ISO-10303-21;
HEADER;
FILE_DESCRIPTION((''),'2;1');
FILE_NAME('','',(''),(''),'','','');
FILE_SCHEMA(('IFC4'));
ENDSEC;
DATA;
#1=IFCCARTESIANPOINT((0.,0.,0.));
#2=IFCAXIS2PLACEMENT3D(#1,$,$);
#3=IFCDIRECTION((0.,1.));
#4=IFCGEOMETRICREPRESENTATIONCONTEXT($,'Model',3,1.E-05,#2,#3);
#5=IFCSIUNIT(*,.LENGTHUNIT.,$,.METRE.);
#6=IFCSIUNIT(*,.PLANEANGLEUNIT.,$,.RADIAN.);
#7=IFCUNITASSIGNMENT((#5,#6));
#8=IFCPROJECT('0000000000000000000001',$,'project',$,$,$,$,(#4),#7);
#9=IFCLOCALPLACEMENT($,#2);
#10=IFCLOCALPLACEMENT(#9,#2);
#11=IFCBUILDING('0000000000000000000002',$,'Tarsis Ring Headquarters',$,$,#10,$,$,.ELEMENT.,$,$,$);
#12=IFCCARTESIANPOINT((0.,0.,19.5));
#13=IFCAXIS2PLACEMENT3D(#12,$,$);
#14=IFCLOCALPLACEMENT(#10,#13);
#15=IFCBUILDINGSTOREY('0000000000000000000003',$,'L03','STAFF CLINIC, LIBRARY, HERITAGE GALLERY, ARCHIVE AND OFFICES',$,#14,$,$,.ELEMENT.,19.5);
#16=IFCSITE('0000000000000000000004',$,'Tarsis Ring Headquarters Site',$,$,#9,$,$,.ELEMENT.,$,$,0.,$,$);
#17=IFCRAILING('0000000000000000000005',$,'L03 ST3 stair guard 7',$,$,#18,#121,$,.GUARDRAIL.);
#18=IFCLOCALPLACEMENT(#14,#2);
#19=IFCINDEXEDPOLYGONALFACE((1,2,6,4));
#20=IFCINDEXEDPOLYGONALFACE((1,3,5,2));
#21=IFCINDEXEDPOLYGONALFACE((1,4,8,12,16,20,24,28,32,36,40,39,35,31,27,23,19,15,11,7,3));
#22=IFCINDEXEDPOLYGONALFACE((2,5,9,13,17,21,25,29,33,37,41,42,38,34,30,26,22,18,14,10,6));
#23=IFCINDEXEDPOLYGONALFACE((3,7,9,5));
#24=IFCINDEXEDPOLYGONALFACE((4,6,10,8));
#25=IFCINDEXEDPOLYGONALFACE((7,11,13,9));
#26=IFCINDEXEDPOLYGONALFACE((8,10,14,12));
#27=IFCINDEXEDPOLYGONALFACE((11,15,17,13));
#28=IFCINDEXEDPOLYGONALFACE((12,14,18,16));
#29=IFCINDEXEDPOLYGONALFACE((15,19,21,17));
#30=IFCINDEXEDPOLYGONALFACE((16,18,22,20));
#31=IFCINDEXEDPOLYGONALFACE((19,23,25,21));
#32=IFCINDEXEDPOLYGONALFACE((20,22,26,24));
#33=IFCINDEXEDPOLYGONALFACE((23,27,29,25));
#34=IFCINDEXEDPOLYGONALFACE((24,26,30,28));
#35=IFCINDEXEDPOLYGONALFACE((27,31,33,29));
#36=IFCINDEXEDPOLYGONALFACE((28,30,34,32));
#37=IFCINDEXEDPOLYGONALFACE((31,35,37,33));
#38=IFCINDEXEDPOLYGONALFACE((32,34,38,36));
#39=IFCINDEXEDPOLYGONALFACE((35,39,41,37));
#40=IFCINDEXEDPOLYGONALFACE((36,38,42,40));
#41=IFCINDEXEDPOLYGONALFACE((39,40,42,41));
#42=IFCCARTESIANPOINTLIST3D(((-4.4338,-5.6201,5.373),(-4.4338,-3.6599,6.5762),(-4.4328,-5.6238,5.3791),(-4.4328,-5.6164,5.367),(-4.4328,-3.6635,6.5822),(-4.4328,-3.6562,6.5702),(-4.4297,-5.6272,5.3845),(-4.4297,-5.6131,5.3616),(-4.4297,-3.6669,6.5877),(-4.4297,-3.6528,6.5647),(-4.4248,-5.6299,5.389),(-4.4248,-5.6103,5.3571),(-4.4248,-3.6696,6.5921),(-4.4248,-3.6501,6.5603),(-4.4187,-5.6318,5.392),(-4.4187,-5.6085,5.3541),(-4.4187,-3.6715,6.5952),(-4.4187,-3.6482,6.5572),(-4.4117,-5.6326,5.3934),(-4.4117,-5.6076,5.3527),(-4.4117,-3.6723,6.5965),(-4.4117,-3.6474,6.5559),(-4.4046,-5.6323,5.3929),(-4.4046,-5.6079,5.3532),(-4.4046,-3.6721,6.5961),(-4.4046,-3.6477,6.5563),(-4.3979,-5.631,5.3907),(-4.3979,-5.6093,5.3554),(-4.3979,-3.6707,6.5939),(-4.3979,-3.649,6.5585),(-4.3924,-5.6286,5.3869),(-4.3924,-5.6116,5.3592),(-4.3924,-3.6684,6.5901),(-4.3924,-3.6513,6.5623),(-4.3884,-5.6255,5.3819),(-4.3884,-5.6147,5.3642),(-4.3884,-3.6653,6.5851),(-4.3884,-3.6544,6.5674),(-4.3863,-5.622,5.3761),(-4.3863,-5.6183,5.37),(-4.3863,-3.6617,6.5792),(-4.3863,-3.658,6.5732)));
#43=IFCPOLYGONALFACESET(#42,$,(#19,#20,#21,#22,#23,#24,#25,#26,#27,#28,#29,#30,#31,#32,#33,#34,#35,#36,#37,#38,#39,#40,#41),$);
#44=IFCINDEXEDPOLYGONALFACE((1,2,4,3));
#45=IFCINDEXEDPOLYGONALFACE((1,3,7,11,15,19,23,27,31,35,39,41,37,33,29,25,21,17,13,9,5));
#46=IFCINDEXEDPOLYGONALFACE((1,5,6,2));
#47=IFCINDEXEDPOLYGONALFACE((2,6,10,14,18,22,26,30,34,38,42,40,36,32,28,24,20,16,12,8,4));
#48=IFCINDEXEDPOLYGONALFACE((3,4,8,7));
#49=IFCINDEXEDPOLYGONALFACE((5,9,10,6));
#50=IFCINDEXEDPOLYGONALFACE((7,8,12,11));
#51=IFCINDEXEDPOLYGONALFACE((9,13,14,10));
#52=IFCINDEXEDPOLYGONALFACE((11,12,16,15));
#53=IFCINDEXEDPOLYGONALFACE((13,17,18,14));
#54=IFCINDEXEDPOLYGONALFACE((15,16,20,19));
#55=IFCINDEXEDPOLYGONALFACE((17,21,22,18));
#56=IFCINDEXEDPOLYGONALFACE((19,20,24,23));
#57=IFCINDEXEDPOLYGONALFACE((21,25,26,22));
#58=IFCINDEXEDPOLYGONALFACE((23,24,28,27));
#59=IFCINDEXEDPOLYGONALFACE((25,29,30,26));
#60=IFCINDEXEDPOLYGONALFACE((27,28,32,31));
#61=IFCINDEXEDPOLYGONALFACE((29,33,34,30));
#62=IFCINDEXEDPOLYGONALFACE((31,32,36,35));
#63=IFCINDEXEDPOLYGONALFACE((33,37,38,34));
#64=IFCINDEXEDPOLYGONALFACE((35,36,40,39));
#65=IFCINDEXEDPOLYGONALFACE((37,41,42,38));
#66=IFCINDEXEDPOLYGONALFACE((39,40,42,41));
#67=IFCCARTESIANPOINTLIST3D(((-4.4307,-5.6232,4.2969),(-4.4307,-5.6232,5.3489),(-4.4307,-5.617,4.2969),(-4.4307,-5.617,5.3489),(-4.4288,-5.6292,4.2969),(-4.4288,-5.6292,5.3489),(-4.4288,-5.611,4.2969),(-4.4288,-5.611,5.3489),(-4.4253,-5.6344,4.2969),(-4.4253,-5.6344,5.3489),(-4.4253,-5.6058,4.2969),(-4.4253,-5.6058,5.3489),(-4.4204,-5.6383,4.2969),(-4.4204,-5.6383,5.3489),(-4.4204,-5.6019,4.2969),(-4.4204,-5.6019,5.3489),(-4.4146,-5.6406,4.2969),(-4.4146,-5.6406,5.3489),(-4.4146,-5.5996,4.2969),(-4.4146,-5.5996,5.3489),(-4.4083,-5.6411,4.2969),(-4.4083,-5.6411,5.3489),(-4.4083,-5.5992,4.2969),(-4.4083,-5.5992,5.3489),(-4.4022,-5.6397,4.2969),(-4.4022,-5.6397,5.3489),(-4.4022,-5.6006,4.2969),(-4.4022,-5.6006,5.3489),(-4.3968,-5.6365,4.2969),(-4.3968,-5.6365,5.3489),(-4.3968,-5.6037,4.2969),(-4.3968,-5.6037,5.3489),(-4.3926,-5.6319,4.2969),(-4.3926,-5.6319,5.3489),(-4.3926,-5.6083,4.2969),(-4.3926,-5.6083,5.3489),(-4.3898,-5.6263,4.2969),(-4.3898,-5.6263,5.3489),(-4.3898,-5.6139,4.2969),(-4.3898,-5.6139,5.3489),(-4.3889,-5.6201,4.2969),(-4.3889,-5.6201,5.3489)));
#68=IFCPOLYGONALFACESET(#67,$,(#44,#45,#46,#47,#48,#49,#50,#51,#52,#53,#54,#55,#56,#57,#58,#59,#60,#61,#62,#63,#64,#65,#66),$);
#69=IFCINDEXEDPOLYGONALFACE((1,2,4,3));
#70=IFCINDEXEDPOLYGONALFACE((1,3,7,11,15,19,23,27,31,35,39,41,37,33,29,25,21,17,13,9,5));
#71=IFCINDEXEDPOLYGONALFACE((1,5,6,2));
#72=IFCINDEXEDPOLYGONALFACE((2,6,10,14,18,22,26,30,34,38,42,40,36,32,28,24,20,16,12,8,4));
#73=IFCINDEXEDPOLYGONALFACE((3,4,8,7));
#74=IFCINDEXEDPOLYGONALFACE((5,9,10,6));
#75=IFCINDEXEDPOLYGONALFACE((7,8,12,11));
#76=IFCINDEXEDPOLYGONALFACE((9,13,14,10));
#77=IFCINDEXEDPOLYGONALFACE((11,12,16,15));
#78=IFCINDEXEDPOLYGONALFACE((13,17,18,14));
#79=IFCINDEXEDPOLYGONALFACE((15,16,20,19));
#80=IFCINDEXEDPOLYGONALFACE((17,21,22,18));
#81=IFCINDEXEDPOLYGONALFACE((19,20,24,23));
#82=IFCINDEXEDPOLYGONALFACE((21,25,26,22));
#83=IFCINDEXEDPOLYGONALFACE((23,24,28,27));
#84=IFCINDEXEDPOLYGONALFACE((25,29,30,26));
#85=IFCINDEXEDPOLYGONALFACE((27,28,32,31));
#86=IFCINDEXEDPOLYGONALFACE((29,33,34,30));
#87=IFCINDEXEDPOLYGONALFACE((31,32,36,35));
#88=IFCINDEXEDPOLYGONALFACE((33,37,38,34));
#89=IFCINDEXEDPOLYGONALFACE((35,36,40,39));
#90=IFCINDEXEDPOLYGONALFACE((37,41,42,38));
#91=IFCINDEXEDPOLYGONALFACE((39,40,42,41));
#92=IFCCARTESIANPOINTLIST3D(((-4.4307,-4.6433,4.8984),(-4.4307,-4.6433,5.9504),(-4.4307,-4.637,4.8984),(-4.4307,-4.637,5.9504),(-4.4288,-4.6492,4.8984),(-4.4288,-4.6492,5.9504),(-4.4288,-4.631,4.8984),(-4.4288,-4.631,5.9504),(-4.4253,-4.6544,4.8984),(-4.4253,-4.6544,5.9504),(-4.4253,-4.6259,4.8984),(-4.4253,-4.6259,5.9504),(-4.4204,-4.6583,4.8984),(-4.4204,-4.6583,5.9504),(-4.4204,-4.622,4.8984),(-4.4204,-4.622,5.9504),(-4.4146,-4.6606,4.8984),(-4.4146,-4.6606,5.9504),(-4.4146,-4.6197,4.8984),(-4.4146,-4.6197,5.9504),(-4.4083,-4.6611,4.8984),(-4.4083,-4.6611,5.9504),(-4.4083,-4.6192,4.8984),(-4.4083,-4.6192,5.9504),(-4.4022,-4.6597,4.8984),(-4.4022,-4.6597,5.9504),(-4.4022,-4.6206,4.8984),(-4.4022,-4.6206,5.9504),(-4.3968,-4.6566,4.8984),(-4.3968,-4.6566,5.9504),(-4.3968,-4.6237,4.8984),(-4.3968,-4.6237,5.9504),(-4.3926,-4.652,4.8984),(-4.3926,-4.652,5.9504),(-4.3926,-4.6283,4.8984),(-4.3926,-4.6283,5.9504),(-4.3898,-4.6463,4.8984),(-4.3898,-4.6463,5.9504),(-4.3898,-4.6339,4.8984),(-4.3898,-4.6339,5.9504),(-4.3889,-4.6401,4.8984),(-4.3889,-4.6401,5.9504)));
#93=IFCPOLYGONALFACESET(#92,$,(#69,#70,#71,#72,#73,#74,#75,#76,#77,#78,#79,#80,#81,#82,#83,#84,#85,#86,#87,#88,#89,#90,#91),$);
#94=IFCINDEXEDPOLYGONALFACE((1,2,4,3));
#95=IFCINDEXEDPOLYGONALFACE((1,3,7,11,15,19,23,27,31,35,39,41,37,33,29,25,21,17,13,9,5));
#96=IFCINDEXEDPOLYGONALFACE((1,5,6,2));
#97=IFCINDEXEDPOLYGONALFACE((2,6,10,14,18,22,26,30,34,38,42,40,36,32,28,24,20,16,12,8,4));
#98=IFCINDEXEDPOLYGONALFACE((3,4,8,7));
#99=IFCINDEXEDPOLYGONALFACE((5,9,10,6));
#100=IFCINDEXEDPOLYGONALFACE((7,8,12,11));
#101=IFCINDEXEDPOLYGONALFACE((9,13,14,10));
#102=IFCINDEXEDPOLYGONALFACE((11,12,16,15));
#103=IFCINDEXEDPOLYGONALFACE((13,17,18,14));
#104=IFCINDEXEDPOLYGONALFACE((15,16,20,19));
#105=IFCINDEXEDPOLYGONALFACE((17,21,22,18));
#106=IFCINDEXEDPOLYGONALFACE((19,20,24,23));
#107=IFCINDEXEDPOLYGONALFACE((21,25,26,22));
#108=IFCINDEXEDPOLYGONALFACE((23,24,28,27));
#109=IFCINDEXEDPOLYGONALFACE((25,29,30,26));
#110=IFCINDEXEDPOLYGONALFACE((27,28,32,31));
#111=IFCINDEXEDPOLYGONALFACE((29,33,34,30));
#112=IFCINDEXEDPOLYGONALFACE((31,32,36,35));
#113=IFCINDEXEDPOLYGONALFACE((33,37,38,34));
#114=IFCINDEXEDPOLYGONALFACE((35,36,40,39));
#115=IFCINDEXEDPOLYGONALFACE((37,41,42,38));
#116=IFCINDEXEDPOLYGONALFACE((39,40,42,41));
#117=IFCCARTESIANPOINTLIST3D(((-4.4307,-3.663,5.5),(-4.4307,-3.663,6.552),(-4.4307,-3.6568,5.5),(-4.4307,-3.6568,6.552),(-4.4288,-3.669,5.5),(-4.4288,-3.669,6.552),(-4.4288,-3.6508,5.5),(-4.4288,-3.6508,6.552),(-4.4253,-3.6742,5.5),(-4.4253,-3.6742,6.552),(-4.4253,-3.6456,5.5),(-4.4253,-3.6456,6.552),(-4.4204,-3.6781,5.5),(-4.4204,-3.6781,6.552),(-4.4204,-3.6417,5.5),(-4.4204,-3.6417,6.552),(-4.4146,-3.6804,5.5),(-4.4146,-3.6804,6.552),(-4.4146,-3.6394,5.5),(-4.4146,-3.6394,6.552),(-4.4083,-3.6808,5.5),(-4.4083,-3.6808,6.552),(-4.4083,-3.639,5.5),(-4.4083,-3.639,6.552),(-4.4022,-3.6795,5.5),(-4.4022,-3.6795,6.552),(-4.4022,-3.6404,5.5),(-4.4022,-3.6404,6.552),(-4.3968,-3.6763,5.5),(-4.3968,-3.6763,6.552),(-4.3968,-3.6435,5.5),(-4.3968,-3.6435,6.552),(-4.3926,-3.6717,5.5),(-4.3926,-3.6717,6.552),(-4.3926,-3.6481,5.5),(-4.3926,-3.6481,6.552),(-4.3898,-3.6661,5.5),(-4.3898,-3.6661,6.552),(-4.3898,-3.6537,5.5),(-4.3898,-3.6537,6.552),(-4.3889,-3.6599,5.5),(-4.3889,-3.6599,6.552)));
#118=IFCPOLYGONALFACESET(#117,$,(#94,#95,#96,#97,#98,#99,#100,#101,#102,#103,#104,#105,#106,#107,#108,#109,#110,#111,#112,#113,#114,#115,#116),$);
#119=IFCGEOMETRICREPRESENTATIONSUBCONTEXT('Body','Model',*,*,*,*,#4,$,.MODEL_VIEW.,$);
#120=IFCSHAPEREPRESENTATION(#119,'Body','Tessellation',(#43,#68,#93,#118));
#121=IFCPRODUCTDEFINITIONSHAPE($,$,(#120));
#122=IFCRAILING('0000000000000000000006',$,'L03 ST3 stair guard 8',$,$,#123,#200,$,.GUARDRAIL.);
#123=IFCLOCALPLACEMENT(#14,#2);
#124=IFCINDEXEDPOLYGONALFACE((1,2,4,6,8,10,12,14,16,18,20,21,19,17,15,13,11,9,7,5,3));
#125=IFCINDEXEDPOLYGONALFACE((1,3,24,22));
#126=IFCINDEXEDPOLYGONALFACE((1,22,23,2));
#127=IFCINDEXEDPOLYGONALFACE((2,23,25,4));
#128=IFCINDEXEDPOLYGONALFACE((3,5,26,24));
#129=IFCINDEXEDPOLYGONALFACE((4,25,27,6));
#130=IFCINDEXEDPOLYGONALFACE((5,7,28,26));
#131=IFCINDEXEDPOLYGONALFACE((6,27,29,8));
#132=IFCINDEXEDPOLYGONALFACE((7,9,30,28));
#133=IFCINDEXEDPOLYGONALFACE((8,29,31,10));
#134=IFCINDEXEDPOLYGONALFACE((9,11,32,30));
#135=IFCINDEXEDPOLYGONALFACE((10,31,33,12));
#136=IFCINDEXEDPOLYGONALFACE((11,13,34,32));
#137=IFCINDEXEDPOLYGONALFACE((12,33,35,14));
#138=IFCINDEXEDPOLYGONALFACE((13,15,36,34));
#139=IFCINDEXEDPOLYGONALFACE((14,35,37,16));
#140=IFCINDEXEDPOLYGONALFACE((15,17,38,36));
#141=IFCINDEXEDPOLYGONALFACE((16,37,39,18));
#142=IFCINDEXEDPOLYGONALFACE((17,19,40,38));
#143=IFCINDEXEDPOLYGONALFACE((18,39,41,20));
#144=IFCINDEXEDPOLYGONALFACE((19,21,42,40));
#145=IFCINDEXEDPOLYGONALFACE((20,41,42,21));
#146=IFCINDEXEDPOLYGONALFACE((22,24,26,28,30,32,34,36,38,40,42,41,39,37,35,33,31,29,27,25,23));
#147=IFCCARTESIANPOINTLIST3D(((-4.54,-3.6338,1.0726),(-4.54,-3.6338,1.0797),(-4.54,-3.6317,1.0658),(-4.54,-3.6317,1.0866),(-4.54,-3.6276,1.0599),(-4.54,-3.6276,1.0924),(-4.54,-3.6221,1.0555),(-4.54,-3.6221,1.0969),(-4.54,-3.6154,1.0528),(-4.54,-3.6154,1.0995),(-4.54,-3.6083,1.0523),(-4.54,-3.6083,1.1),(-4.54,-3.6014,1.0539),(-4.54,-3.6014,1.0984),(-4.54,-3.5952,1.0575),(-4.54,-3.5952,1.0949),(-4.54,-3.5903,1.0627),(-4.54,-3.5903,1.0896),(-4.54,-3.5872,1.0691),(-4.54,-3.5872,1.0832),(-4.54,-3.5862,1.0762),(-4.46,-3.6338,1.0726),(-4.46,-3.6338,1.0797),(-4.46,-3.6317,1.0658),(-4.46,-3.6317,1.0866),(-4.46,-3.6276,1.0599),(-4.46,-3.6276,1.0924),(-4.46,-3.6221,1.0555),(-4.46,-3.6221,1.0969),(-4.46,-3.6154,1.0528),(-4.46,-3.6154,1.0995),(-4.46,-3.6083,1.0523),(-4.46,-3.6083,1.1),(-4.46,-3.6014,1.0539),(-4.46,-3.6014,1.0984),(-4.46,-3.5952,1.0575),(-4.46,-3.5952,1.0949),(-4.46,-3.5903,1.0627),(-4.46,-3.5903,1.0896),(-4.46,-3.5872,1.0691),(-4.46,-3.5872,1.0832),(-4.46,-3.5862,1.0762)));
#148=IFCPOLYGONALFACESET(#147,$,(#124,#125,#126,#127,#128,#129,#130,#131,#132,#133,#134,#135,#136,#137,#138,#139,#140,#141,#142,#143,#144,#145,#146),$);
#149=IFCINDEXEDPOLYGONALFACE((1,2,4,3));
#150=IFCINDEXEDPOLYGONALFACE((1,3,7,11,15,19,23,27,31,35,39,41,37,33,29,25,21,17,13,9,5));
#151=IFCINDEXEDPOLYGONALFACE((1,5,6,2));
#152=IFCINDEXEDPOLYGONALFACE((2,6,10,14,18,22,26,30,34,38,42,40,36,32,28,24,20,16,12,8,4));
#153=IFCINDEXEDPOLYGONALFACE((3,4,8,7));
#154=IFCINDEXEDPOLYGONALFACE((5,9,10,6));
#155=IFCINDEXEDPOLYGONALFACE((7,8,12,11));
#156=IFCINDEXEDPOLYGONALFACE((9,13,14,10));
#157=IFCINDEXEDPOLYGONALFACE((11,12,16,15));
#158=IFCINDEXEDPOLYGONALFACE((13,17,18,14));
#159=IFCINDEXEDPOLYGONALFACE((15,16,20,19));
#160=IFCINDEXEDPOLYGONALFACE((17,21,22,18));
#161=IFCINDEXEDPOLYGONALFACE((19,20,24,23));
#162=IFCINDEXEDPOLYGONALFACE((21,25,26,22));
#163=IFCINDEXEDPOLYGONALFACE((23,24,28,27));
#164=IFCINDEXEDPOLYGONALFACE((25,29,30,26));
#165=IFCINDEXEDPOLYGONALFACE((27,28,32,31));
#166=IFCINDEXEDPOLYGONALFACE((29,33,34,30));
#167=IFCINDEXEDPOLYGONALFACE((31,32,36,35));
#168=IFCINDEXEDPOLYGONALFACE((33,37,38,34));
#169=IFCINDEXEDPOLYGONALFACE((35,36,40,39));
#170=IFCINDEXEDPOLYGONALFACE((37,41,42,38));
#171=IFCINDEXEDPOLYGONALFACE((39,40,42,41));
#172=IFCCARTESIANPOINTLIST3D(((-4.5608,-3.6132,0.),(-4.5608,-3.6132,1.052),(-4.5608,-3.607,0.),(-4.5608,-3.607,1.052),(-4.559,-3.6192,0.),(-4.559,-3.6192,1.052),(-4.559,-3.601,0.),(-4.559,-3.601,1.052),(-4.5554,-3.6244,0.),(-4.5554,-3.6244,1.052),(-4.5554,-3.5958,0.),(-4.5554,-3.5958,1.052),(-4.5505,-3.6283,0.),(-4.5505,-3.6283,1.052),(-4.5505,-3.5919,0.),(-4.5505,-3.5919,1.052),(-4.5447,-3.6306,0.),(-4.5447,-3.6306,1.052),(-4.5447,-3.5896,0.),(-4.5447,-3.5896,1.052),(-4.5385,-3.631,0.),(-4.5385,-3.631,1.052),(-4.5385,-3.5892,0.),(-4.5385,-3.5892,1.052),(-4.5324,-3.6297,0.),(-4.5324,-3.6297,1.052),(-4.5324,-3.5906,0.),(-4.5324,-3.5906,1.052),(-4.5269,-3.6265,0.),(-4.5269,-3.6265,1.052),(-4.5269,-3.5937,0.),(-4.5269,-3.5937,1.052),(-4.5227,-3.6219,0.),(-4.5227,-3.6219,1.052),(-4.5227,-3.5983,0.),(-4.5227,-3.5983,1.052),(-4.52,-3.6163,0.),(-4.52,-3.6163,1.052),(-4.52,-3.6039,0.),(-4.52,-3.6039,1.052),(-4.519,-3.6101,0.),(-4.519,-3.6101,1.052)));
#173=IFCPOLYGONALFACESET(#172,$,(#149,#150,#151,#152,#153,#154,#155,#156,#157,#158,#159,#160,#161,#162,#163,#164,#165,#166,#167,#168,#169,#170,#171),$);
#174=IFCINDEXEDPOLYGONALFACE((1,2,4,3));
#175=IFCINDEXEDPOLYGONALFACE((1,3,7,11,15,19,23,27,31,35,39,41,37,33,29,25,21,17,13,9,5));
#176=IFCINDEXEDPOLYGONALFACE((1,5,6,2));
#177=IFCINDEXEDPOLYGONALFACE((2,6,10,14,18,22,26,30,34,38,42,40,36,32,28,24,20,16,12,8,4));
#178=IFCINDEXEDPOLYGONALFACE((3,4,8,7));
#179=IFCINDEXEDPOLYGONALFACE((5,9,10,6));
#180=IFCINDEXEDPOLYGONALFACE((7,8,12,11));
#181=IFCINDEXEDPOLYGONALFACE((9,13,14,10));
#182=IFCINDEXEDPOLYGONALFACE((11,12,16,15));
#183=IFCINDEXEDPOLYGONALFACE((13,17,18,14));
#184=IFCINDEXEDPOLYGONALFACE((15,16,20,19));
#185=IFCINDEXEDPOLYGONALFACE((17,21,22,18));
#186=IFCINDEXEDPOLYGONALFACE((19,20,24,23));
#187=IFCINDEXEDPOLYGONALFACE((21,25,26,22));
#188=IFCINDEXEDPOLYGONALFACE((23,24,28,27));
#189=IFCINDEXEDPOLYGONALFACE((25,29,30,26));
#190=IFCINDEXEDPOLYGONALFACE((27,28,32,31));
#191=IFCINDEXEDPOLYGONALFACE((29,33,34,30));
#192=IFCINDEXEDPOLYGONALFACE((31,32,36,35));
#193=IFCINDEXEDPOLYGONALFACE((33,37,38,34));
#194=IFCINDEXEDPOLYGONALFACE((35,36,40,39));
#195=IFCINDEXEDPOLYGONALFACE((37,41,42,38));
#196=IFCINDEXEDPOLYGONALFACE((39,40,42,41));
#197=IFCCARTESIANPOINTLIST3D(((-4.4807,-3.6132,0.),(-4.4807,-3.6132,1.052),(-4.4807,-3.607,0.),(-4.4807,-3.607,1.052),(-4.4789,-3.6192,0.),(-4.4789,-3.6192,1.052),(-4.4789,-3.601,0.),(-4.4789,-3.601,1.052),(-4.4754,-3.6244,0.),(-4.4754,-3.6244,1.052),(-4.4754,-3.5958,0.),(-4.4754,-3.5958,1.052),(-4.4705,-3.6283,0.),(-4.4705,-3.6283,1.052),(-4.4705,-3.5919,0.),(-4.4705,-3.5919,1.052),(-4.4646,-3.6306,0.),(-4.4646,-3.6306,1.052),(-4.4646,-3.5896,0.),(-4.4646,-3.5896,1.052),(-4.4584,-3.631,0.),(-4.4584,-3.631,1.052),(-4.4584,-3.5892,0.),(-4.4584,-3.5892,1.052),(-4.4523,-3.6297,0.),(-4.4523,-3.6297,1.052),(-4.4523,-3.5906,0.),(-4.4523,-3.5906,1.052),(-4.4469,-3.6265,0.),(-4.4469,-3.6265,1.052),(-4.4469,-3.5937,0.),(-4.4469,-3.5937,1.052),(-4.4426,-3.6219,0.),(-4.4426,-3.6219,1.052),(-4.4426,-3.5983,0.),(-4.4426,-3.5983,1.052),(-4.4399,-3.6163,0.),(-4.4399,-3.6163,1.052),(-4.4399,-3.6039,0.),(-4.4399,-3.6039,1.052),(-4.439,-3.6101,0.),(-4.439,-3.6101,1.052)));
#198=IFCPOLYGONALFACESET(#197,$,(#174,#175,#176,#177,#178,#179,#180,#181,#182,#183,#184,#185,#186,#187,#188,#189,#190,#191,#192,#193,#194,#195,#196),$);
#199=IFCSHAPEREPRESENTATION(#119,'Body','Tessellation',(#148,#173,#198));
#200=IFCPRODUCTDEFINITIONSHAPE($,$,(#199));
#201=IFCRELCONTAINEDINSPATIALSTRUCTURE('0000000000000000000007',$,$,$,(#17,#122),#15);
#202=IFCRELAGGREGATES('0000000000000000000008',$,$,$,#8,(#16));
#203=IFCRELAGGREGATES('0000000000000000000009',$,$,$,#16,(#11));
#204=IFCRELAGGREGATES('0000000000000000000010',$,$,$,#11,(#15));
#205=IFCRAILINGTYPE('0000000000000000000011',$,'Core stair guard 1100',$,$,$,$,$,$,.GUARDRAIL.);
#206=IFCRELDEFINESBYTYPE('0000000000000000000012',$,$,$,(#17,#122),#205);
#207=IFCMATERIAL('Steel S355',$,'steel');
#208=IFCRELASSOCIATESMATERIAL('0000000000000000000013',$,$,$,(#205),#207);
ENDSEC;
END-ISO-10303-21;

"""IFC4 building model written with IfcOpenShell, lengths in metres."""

from ifc_helpers import new_model, si_unit, direction, frame, origin, origin_2d, place, context, subcontext, project, spatial, circle, extrude, material, type_object, element, save


model = new_model("IFC4")

# Units and contexts
model_context = context("Model", 3, precision=1e-05, world=origin(), true_north=direction((0.0, 1.0)))
body_context = subcontext(model_context, "Body", "Model", "MODEL_VIEW")
ifc_project = project(units=[si_unit("LENGTHUNIT", "METRE"), si_unit("PLANEANGLEUNIT", "RADIAN")], contexts=[model_context])

# Site, building, storey
site_placement = place(None, origin())
site = spatial("IfcSite", under=ifc_project, at=site_placement, Name="Tarsis Ring Headquarters Site", CompositionType="ELEMENT", RefElevation=0.0)
building_placement = place(site_placement, origin())
building = spatial("IfcBuilding", under=site, at=building_placement, Name="Tarsis Ring Headquarters", CompositionType="ELEMENT")
storey_placement = place(building_placement, frame((0.0, 0.0, 19.5)))
storey = spatial("IfcBuildingStorey", under=building, at=storey_placement, Name="L03", Description="STAFF CLINIC, LIBRARY, HERITAGE GALLERY, ARCHIVE AND OFFICES", CompositionType="ELEMENT", Elevation=19.5)

# Shared definitions
ifc_material_1 = material(Name="Steel S355", Category="steel")

# Railings
railing_type_1 = type_object("IfcRailingType", Name="Core stair guard 1100", PredefinedType="GUARDRAIL", material=ifc_material_1)
railing_1_placement = place(storey_placement, frame((-4.4099, -5.6201, 4.2969)))
element("IfcRailing", 1, at=railing_1_placement, inside=storey, type_object=railing_type_1, Name="L03 ST3 stair guard 7", PredefinedType="GUARDRAIL", context=body_context, shape_type="SweptSolid", body=[
    extrude(circle(Radius=0.0239, at=origin_2d()), frame((0.0, 0.0, 1.0762), z_axis=(0.0, 0.85227, 0.523102), x_axis=(-1.0, 0.0, 0.0)), (0.0, 0.0, 1.0), 2.3),
    extrude(circle(Radius=0.021, at=origin_2d()), origin(), (0.0, 0.0, 1.0), 1.052),
    extrude(circle(Radius=0.021, at=origin_2d()), frame((0.0, 0.98, 0.6016)), (0.0, 0.0, 1.0), 1.052),
    extrude(circle(Radius=0.021, at=origin_2d()), frame((0.0, 1.9602, 1.2031)), (0.0, 0.0, 1.0), 1.052),
])
railing_2_placement = place(storey_placement, frame((-4.54, -3.6101, 0.0)))
element("IfcRailing", 2, at=railing_2_placement, inside=storey, type_object=railing_type_1, Name="L03 ST3 stair guard 8", PredefinedType="GUARDRAIL", context=body_context, shape_type="SweptSolid", body=[
    extrude(circle(Radius=0.0239, at=origin_2d()), frame((0.0, 0.0, 1.0762), z_axis=(1.0, 0.0, 0.0), x_axis=(0.0, 1.0, 0.0)), (0.0, 0.0, 1.0), 0.0801),
    extrude(circle(Radius=0.021, at=origin_2d()), origin(), (0.0, 0.0, 1.0), 1.052),
    extrude(circle(Radius=0.021, at=origin_2d()), frame((0.0801, 0.0, 0.0)), (0.0, 0.0, 1.0), 1.052),
])

save(model, "model.ifc")
